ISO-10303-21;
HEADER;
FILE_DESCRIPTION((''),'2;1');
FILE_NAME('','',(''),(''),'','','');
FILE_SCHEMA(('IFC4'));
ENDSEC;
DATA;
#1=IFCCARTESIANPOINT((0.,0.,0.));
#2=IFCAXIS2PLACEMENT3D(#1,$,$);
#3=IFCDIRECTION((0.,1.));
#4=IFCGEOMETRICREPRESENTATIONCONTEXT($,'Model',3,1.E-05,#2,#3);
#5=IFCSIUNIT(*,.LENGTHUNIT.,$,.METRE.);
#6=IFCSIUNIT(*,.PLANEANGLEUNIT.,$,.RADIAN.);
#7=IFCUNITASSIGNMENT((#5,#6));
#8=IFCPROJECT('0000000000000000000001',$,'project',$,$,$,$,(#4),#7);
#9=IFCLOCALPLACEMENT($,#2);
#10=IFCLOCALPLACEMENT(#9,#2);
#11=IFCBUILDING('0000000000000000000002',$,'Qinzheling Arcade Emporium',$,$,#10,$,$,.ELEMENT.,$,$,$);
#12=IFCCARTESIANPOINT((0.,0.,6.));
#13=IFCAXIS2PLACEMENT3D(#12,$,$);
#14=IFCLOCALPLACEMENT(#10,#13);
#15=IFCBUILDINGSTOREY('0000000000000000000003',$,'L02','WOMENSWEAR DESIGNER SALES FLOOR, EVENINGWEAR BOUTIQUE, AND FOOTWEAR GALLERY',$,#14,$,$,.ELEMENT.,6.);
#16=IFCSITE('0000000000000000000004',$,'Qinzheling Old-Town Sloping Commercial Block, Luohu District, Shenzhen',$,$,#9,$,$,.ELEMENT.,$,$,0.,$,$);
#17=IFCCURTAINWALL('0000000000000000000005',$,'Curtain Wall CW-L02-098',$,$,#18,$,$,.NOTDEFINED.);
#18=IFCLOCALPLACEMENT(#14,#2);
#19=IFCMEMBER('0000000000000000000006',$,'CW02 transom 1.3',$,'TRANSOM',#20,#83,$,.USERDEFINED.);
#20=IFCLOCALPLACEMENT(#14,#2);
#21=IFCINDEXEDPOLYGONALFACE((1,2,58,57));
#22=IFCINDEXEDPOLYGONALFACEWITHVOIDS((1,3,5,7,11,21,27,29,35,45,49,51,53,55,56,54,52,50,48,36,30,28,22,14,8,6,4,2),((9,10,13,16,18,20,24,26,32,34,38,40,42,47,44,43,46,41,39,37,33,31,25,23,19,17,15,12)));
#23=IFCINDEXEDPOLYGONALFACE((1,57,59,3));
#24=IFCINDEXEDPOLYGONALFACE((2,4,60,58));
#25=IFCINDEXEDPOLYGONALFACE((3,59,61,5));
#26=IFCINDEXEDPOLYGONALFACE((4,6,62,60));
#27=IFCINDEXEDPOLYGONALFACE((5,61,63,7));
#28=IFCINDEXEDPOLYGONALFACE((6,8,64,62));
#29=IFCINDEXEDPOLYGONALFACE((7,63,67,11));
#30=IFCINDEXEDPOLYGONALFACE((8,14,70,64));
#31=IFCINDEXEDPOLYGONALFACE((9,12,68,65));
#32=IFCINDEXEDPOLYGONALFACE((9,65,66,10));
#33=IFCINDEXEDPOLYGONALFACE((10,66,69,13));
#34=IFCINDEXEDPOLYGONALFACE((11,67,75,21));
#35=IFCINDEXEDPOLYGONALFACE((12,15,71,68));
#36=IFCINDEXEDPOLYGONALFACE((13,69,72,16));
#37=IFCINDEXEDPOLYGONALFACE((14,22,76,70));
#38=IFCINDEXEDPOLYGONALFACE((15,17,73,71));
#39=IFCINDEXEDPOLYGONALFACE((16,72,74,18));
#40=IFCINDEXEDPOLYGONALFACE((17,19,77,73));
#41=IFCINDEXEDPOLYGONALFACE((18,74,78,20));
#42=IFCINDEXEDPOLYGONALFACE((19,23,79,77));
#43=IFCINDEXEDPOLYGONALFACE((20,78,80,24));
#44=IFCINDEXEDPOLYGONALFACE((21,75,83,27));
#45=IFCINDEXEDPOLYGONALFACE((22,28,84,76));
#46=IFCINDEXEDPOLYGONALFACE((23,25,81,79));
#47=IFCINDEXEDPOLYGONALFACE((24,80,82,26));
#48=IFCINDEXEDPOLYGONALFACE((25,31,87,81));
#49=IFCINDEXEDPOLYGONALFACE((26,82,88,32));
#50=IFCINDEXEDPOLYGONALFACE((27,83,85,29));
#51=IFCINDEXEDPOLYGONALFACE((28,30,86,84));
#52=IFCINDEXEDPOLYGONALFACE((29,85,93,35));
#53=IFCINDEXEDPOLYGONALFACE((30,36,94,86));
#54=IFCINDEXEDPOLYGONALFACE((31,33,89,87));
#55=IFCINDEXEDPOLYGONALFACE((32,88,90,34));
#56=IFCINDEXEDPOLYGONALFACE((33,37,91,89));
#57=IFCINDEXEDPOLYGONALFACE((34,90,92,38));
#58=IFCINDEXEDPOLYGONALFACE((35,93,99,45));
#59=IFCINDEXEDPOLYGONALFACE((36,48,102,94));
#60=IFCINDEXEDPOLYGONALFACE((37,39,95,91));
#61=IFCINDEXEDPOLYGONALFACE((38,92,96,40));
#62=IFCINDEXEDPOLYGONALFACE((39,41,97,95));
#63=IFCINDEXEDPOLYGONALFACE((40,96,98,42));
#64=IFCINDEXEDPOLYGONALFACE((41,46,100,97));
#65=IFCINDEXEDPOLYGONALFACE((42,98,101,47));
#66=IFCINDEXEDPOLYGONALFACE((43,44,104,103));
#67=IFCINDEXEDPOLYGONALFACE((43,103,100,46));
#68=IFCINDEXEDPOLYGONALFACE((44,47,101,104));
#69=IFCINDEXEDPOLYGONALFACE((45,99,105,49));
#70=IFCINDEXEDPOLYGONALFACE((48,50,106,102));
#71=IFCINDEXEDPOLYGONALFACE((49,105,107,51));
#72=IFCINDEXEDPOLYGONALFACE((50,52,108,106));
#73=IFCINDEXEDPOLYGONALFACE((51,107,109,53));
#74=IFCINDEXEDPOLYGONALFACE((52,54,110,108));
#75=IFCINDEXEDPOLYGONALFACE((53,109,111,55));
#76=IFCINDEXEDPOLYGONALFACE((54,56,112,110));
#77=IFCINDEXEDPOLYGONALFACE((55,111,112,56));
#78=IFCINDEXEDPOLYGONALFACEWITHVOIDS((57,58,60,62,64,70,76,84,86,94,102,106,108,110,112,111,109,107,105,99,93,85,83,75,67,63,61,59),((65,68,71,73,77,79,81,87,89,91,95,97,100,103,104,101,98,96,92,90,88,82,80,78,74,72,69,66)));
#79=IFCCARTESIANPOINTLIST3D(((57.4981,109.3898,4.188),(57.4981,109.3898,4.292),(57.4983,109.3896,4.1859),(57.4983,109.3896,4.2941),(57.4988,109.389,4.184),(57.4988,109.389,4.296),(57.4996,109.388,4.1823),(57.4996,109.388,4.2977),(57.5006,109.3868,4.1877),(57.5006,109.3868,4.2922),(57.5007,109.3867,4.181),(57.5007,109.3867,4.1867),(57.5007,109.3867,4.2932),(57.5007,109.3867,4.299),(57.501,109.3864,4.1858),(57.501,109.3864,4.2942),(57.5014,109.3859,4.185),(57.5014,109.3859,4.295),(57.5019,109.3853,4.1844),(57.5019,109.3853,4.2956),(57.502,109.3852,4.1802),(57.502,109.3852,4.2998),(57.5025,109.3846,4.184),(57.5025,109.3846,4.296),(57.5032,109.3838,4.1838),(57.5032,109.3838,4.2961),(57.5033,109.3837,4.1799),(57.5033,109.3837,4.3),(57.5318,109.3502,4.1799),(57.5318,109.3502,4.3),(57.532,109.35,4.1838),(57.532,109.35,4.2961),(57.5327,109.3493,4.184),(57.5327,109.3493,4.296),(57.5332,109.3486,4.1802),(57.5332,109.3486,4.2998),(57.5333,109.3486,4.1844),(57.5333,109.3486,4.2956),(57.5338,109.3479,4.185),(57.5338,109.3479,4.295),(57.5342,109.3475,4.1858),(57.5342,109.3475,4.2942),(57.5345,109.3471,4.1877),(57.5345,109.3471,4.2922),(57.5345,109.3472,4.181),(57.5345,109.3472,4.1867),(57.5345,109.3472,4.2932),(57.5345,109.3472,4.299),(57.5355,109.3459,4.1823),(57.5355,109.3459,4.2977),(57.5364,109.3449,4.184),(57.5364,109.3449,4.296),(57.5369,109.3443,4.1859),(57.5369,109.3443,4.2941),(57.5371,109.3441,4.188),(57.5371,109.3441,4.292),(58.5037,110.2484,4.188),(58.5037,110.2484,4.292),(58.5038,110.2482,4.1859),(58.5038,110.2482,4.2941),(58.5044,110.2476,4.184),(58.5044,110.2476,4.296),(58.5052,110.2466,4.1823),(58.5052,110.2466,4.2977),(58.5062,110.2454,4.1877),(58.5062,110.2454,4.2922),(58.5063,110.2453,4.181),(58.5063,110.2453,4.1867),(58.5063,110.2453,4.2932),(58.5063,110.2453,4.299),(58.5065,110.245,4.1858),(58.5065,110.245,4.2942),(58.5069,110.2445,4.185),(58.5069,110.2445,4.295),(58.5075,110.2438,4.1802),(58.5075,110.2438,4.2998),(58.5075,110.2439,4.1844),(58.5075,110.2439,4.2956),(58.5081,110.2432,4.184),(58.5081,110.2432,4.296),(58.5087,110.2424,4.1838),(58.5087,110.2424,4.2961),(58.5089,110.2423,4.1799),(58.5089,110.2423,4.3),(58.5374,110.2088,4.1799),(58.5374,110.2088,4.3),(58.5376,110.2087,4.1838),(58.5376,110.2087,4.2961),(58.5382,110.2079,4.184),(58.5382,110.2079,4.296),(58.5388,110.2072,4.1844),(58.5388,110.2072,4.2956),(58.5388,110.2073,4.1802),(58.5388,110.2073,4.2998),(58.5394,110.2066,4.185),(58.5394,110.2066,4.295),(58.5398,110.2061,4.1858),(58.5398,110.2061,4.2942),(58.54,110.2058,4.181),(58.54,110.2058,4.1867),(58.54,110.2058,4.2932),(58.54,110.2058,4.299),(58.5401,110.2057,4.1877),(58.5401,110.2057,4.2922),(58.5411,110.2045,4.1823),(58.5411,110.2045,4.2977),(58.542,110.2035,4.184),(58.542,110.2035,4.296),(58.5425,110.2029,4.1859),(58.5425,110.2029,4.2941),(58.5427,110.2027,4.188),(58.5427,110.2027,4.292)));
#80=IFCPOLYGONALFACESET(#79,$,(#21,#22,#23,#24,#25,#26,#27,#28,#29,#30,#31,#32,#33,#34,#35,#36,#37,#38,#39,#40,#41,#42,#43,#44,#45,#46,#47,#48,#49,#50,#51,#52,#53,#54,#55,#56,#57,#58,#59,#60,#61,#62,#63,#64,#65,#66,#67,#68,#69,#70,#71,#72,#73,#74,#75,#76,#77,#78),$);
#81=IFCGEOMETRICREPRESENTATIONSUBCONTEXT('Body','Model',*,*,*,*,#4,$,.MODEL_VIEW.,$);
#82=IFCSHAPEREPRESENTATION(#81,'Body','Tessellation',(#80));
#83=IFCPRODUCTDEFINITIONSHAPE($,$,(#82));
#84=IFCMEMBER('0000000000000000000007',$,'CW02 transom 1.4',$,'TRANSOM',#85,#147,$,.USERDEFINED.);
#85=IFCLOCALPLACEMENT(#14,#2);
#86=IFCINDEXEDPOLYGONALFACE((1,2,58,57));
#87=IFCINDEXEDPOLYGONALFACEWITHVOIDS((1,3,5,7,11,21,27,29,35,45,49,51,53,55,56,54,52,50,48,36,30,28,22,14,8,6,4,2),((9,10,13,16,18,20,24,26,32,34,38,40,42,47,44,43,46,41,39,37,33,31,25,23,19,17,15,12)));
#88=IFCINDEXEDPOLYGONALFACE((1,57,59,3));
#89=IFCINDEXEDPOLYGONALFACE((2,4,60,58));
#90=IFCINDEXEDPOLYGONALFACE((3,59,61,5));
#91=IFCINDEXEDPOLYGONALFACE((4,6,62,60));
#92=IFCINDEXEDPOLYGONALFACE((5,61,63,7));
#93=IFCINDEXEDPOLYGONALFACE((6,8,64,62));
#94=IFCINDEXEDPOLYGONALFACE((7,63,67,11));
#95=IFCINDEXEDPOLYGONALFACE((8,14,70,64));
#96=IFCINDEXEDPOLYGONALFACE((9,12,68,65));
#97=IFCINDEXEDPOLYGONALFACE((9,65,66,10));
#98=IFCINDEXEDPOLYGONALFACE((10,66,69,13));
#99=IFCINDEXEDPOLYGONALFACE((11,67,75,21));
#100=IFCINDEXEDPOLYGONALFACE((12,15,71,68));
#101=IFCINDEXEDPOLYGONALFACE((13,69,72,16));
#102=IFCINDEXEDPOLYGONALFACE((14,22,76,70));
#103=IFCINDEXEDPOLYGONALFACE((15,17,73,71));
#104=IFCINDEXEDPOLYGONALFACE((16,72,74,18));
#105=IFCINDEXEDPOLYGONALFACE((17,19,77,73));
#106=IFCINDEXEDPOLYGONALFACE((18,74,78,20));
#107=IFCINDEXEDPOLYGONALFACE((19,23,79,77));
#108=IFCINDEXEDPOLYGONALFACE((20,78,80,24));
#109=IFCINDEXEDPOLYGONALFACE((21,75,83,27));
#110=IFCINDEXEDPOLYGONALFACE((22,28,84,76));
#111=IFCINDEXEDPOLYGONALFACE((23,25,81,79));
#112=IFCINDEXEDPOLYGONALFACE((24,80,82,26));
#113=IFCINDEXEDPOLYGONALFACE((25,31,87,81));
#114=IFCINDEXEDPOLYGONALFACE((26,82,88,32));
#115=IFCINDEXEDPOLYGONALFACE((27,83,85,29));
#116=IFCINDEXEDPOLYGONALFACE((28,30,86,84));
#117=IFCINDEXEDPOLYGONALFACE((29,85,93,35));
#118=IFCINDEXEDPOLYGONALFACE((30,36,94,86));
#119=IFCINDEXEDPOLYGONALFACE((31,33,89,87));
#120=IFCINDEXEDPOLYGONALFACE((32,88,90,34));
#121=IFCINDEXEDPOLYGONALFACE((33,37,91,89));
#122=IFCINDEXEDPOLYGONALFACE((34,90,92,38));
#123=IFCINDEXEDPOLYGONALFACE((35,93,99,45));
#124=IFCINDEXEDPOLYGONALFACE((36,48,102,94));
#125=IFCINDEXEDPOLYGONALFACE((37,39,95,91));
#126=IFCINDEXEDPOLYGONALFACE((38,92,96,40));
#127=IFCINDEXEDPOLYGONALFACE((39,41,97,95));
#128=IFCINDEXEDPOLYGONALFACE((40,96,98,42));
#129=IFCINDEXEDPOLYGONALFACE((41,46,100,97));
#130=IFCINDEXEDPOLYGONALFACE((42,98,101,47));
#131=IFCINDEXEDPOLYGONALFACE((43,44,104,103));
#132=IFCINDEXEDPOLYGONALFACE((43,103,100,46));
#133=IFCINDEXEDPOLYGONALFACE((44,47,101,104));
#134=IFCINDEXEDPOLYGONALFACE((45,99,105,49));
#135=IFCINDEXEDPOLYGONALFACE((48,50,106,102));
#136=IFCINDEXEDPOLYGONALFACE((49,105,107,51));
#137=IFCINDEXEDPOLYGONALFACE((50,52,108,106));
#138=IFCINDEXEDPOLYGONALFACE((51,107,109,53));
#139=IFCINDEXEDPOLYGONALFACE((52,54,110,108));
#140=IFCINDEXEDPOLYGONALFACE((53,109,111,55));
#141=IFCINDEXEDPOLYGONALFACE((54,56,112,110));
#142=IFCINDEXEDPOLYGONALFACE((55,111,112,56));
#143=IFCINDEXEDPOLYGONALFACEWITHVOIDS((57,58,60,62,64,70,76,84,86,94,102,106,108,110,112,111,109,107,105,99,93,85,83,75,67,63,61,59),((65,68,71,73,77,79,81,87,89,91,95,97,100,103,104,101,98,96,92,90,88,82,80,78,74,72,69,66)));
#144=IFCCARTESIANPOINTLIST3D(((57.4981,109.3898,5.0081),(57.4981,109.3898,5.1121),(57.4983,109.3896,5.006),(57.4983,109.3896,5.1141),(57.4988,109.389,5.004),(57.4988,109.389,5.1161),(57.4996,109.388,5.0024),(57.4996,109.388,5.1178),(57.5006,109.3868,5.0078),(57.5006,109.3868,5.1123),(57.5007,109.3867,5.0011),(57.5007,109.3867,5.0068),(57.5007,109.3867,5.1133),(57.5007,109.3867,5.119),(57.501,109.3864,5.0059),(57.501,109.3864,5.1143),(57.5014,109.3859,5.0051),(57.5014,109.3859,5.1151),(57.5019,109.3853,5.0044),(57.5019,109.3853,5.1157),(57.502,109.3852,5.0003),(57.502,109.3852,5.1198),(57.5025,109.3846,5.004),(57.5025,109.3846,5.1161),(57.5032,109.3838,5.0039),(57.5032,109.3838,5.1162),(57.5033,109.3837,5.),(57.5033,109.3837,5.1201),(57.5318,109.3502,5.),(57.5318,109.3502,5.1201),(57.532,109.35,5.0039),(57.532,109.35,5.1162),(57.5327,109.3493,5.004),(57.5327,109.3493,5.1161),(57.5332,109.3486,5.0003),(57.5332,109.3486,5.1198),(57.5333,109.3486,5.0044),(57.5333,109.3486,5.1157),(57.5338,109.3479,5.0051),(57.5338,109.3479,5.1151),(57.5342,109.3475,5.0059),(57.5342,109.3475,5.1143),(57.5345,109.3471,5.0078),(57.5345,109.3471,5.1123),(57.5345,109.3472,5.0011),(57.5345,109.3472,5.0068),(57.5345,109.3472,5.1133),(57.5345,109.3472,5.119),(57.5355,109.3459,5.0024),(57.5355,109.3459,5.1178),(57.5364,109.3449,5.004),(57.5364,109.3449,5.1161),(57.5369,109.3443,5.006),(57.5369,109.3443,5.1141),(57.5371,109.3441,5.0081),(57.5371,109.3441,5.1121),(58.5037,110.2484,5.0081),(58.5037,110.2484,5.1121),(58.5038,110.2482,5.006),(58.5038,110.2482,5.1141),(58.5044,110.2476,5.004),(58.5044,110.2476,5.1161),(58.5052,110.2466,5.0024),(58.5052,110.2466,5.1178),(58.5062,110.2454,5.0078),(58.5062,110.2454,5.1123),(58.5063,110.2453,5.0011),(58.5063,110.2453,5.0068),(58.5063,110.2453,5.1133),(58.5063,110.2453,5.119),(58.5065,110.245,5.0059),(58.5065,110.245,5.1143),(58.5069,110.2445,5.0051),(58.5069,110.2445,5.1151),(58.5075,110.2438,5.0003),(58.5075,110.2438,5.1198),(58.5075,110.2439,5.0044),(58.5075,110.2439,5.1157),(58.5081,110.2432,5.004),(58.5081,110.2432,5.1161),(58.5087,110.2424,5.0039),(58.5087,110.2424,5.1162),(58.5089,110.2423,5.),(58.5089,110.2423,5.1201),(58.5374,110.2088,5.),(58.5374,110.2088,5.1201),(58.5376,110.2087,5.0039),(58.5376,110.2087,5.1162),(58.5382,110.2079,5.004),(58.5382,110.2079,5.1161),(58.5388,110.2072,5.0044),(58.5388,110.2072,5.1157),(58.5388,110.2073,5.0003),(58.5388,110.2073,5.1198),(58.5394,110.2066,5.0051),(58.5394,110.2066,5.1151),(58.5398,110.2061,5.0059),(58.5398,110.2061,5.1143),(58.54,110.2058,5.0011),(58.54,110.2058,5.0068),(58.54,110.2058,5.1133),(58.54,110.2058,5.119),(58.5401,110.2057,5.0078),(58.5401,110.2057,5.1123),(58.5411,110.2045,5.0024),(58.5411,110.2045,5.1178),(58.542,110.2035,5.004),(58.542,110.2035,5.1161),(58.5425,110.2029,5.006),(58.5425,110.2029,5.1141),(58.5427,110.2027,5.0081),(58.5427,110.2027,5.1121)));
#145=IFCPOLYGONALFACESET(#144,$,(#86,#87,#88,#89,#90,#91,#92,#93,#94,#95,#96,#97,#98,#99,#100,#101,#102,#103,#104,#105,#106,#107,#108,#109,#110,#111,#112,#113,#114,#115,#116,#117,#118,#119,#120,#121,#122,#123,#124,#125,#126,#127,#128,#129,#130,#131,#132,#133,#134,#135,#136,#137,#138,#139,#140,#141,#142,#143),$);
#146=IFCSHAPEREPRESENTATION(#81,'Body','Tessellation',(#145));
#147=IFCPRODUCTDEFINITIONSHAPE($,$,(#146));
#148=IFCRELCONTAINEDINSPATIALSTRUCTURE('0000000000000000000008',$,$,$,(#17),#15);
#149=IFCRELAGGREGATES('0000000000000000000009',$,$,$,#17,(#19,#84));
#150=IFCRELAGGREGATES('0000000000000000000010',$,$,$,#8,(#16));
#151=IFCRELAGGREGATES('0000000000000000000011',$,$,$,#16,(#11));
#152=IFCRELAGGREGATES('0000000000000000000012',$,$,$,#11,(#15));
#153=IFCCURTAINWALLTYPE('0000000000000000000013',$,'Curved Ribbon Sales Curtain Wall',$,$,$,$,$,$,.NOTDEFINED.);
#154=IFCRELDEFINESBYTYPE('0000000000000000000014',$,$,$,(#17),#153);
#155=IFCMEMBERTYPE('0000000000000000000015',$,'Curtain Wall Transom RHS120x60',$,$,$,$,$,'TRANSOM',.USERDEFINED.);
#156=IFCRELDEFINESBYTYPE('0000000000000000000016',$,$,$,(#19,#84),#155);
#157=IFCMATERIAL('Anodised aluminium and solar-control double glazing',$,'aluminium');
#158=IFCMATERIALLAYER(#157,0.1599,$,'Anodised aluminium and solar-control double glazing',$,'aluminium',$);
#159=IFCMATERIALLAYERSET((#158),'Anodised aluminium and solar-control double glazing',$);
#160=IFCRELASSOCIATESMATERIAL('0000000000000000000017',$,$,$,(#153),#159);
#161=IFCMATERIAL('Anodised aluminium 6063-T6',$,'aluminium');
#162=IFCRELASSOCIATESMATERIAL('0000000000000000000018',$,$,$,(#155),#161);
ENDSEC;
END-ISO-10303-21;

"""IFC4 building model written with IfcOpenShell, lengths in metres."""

from ifc_helpers import new_model, si_unit, direction, frame, origin, origin_2d, place, context, subcontext, project, spatial, hollow_rectangle, extrude, material, layer, layer_set, material_profile, profile_set, type_object, element, aggregate, save


model = new_model("IFC4")

# Units and contexts
model_context = context("Model", 3, precision=1e-05, world=origin(), true_north=direction((0.0, 1.0)))
body_context = subcontext(model_context, "Body", "Model", "MODEL_VIEW")
ifc_project = project(units=[si_unit("LENGTHUNIT", "METRE"), si_unit("PLANEANGLEUNIT", "RADIAN")], contexts=[model_context])

# Site, building, storey
site_placement = place(None, origin())
site = spatial("IfcSite", under=ifc_project, at=site_placement, Name="Qinzheling Old-Town Sloping Commercial Block, Luohu District, Shenzhen", CompositionType="ELEMENT", RefElevation=0.0)
building_placement = place(site_placement, origin())
building = spatial("IfcBuilding", under=site, at=building_placement, Name="Qinzheling Arcade Emporium", CompositionType="ELEMENT")
storey_placement = place(building_placement, frame((0.0, 0.0, 6.0)))
storey = spatial("IfcBuildingStorey", under=building, at=storey_placement, Name="L02", Description="WOMENSWEAR DESIGNER SALES FLOOR, EVENINGWEAR BOUTIQUE, AND FOOTWEAR GALLERY", CompositionType="ELEMENT", Elevation=6.0)

# Shared definitions
ifc_material_1 = material(Name="Anodised aluminium and solar-control double glazing", Category="aluminium")
ifc_layer_1 = layer(ifc_material_1, 0.1599, Name="Anodised aluminium and solar-control double glazing", Category="aluminium")
ifc_layer_set_1 = layer_set([ifc_layer_1], Name="Anodised aluminium and solar-control double glazing")
curtain_wall_type = type_object("IfcCurtainWallType", Name="Curved Ribbon Sales Curtain Wall", PredefinedType="NOTDEFINED", material=ifc_layer_set_1)
ifc_material_2 = material(Name="Anodised aluminium 6063-T6", Category="aluminium")

# Curtain wall, members
curtain_wall_1_placement = place(storey_placement, origin())
curtain_wall_1 = element("IfcCurtainWall", 1, at=curtain_wall_1_placement, inside=storey, type_object=curtain_wall_type, Name="Curtain Wall CW-L02-098", PredefinedType="NOTDEFINED")
ifc_material_profile_1 = material_profile(ifc_material_2, hollow_rectangle(XDim=0.0601, YDim=0.1201, WallThickness=0.0039, InnerFilletRadius=0.0039, OuterFilletRadius=0.0081, at=origin_2d()), Name="RHS 120x60x4", Category="aluminium")
ifc_profile_set_1 = profile_set([ifc_material_profile_1], Name="Anodised aluminium 6063-T6")
member_type_1 = type_object("IfcMemberType", Name="Curtain Wall Transom RHS120x60", ElementType="TRANSOM", PredefinedType="USERDEFINED", material=ifc_profile_set_1)
member_1_placement = place(storey_placement, frame((57.5176, 109.3669, 4.24), z_axis=(0.760493, 0.649346, 0.0), x_axis=(-0.649346, 0.760493, 0.0)))
member_1 = element("IfcMember", 2, at=member_1_placement, type_object=member_type_1, Name="CW02 transom 1.3", ObjectType="TRANSOM", PredefinedType="USERDEFINED", context=body_context, shape_type="SweptSolid", body=[
    extrude(hollow_rectangle(XDim=0.0601, YDim=0.1201, WallThickness=0.0039, InnerFilletRadius=0.0039, OuterFilletRadius=0.0081, at=origin_2d()), origin(), (0.0, 0.0, 1.0), 1.3223),
])
member_2_placement = place(storey_placement, frame((57.5176, 109.3669, 5.0601), z_axis=(0.760493, 0.649346, 0.0), x_axis=(-0.649346, 0.760493, 0.0)))
member_2 = element("IfcMember", 3, at=member_2_placement, type_object=member_type_1, Name="CW02 transom 1.4", ObjectType="TRANSOM", PredefinedType="USERDEFINED", context=body_context, shape_type="SweptSolid", body=[
    extrude(hollow_rectangle(XDim=0.0601, YDim=0.1201, WallThickness=0.0039, InnerFilletRadius=0.0039, OuterFilletRadius=0.0081, at=origin_2d()), origin(), (0.0, 0.0, 1.0), 1.3223),
])

aggregate(curtain_wall_1, [member_1, member_2])

save(model, "model.ifc")
